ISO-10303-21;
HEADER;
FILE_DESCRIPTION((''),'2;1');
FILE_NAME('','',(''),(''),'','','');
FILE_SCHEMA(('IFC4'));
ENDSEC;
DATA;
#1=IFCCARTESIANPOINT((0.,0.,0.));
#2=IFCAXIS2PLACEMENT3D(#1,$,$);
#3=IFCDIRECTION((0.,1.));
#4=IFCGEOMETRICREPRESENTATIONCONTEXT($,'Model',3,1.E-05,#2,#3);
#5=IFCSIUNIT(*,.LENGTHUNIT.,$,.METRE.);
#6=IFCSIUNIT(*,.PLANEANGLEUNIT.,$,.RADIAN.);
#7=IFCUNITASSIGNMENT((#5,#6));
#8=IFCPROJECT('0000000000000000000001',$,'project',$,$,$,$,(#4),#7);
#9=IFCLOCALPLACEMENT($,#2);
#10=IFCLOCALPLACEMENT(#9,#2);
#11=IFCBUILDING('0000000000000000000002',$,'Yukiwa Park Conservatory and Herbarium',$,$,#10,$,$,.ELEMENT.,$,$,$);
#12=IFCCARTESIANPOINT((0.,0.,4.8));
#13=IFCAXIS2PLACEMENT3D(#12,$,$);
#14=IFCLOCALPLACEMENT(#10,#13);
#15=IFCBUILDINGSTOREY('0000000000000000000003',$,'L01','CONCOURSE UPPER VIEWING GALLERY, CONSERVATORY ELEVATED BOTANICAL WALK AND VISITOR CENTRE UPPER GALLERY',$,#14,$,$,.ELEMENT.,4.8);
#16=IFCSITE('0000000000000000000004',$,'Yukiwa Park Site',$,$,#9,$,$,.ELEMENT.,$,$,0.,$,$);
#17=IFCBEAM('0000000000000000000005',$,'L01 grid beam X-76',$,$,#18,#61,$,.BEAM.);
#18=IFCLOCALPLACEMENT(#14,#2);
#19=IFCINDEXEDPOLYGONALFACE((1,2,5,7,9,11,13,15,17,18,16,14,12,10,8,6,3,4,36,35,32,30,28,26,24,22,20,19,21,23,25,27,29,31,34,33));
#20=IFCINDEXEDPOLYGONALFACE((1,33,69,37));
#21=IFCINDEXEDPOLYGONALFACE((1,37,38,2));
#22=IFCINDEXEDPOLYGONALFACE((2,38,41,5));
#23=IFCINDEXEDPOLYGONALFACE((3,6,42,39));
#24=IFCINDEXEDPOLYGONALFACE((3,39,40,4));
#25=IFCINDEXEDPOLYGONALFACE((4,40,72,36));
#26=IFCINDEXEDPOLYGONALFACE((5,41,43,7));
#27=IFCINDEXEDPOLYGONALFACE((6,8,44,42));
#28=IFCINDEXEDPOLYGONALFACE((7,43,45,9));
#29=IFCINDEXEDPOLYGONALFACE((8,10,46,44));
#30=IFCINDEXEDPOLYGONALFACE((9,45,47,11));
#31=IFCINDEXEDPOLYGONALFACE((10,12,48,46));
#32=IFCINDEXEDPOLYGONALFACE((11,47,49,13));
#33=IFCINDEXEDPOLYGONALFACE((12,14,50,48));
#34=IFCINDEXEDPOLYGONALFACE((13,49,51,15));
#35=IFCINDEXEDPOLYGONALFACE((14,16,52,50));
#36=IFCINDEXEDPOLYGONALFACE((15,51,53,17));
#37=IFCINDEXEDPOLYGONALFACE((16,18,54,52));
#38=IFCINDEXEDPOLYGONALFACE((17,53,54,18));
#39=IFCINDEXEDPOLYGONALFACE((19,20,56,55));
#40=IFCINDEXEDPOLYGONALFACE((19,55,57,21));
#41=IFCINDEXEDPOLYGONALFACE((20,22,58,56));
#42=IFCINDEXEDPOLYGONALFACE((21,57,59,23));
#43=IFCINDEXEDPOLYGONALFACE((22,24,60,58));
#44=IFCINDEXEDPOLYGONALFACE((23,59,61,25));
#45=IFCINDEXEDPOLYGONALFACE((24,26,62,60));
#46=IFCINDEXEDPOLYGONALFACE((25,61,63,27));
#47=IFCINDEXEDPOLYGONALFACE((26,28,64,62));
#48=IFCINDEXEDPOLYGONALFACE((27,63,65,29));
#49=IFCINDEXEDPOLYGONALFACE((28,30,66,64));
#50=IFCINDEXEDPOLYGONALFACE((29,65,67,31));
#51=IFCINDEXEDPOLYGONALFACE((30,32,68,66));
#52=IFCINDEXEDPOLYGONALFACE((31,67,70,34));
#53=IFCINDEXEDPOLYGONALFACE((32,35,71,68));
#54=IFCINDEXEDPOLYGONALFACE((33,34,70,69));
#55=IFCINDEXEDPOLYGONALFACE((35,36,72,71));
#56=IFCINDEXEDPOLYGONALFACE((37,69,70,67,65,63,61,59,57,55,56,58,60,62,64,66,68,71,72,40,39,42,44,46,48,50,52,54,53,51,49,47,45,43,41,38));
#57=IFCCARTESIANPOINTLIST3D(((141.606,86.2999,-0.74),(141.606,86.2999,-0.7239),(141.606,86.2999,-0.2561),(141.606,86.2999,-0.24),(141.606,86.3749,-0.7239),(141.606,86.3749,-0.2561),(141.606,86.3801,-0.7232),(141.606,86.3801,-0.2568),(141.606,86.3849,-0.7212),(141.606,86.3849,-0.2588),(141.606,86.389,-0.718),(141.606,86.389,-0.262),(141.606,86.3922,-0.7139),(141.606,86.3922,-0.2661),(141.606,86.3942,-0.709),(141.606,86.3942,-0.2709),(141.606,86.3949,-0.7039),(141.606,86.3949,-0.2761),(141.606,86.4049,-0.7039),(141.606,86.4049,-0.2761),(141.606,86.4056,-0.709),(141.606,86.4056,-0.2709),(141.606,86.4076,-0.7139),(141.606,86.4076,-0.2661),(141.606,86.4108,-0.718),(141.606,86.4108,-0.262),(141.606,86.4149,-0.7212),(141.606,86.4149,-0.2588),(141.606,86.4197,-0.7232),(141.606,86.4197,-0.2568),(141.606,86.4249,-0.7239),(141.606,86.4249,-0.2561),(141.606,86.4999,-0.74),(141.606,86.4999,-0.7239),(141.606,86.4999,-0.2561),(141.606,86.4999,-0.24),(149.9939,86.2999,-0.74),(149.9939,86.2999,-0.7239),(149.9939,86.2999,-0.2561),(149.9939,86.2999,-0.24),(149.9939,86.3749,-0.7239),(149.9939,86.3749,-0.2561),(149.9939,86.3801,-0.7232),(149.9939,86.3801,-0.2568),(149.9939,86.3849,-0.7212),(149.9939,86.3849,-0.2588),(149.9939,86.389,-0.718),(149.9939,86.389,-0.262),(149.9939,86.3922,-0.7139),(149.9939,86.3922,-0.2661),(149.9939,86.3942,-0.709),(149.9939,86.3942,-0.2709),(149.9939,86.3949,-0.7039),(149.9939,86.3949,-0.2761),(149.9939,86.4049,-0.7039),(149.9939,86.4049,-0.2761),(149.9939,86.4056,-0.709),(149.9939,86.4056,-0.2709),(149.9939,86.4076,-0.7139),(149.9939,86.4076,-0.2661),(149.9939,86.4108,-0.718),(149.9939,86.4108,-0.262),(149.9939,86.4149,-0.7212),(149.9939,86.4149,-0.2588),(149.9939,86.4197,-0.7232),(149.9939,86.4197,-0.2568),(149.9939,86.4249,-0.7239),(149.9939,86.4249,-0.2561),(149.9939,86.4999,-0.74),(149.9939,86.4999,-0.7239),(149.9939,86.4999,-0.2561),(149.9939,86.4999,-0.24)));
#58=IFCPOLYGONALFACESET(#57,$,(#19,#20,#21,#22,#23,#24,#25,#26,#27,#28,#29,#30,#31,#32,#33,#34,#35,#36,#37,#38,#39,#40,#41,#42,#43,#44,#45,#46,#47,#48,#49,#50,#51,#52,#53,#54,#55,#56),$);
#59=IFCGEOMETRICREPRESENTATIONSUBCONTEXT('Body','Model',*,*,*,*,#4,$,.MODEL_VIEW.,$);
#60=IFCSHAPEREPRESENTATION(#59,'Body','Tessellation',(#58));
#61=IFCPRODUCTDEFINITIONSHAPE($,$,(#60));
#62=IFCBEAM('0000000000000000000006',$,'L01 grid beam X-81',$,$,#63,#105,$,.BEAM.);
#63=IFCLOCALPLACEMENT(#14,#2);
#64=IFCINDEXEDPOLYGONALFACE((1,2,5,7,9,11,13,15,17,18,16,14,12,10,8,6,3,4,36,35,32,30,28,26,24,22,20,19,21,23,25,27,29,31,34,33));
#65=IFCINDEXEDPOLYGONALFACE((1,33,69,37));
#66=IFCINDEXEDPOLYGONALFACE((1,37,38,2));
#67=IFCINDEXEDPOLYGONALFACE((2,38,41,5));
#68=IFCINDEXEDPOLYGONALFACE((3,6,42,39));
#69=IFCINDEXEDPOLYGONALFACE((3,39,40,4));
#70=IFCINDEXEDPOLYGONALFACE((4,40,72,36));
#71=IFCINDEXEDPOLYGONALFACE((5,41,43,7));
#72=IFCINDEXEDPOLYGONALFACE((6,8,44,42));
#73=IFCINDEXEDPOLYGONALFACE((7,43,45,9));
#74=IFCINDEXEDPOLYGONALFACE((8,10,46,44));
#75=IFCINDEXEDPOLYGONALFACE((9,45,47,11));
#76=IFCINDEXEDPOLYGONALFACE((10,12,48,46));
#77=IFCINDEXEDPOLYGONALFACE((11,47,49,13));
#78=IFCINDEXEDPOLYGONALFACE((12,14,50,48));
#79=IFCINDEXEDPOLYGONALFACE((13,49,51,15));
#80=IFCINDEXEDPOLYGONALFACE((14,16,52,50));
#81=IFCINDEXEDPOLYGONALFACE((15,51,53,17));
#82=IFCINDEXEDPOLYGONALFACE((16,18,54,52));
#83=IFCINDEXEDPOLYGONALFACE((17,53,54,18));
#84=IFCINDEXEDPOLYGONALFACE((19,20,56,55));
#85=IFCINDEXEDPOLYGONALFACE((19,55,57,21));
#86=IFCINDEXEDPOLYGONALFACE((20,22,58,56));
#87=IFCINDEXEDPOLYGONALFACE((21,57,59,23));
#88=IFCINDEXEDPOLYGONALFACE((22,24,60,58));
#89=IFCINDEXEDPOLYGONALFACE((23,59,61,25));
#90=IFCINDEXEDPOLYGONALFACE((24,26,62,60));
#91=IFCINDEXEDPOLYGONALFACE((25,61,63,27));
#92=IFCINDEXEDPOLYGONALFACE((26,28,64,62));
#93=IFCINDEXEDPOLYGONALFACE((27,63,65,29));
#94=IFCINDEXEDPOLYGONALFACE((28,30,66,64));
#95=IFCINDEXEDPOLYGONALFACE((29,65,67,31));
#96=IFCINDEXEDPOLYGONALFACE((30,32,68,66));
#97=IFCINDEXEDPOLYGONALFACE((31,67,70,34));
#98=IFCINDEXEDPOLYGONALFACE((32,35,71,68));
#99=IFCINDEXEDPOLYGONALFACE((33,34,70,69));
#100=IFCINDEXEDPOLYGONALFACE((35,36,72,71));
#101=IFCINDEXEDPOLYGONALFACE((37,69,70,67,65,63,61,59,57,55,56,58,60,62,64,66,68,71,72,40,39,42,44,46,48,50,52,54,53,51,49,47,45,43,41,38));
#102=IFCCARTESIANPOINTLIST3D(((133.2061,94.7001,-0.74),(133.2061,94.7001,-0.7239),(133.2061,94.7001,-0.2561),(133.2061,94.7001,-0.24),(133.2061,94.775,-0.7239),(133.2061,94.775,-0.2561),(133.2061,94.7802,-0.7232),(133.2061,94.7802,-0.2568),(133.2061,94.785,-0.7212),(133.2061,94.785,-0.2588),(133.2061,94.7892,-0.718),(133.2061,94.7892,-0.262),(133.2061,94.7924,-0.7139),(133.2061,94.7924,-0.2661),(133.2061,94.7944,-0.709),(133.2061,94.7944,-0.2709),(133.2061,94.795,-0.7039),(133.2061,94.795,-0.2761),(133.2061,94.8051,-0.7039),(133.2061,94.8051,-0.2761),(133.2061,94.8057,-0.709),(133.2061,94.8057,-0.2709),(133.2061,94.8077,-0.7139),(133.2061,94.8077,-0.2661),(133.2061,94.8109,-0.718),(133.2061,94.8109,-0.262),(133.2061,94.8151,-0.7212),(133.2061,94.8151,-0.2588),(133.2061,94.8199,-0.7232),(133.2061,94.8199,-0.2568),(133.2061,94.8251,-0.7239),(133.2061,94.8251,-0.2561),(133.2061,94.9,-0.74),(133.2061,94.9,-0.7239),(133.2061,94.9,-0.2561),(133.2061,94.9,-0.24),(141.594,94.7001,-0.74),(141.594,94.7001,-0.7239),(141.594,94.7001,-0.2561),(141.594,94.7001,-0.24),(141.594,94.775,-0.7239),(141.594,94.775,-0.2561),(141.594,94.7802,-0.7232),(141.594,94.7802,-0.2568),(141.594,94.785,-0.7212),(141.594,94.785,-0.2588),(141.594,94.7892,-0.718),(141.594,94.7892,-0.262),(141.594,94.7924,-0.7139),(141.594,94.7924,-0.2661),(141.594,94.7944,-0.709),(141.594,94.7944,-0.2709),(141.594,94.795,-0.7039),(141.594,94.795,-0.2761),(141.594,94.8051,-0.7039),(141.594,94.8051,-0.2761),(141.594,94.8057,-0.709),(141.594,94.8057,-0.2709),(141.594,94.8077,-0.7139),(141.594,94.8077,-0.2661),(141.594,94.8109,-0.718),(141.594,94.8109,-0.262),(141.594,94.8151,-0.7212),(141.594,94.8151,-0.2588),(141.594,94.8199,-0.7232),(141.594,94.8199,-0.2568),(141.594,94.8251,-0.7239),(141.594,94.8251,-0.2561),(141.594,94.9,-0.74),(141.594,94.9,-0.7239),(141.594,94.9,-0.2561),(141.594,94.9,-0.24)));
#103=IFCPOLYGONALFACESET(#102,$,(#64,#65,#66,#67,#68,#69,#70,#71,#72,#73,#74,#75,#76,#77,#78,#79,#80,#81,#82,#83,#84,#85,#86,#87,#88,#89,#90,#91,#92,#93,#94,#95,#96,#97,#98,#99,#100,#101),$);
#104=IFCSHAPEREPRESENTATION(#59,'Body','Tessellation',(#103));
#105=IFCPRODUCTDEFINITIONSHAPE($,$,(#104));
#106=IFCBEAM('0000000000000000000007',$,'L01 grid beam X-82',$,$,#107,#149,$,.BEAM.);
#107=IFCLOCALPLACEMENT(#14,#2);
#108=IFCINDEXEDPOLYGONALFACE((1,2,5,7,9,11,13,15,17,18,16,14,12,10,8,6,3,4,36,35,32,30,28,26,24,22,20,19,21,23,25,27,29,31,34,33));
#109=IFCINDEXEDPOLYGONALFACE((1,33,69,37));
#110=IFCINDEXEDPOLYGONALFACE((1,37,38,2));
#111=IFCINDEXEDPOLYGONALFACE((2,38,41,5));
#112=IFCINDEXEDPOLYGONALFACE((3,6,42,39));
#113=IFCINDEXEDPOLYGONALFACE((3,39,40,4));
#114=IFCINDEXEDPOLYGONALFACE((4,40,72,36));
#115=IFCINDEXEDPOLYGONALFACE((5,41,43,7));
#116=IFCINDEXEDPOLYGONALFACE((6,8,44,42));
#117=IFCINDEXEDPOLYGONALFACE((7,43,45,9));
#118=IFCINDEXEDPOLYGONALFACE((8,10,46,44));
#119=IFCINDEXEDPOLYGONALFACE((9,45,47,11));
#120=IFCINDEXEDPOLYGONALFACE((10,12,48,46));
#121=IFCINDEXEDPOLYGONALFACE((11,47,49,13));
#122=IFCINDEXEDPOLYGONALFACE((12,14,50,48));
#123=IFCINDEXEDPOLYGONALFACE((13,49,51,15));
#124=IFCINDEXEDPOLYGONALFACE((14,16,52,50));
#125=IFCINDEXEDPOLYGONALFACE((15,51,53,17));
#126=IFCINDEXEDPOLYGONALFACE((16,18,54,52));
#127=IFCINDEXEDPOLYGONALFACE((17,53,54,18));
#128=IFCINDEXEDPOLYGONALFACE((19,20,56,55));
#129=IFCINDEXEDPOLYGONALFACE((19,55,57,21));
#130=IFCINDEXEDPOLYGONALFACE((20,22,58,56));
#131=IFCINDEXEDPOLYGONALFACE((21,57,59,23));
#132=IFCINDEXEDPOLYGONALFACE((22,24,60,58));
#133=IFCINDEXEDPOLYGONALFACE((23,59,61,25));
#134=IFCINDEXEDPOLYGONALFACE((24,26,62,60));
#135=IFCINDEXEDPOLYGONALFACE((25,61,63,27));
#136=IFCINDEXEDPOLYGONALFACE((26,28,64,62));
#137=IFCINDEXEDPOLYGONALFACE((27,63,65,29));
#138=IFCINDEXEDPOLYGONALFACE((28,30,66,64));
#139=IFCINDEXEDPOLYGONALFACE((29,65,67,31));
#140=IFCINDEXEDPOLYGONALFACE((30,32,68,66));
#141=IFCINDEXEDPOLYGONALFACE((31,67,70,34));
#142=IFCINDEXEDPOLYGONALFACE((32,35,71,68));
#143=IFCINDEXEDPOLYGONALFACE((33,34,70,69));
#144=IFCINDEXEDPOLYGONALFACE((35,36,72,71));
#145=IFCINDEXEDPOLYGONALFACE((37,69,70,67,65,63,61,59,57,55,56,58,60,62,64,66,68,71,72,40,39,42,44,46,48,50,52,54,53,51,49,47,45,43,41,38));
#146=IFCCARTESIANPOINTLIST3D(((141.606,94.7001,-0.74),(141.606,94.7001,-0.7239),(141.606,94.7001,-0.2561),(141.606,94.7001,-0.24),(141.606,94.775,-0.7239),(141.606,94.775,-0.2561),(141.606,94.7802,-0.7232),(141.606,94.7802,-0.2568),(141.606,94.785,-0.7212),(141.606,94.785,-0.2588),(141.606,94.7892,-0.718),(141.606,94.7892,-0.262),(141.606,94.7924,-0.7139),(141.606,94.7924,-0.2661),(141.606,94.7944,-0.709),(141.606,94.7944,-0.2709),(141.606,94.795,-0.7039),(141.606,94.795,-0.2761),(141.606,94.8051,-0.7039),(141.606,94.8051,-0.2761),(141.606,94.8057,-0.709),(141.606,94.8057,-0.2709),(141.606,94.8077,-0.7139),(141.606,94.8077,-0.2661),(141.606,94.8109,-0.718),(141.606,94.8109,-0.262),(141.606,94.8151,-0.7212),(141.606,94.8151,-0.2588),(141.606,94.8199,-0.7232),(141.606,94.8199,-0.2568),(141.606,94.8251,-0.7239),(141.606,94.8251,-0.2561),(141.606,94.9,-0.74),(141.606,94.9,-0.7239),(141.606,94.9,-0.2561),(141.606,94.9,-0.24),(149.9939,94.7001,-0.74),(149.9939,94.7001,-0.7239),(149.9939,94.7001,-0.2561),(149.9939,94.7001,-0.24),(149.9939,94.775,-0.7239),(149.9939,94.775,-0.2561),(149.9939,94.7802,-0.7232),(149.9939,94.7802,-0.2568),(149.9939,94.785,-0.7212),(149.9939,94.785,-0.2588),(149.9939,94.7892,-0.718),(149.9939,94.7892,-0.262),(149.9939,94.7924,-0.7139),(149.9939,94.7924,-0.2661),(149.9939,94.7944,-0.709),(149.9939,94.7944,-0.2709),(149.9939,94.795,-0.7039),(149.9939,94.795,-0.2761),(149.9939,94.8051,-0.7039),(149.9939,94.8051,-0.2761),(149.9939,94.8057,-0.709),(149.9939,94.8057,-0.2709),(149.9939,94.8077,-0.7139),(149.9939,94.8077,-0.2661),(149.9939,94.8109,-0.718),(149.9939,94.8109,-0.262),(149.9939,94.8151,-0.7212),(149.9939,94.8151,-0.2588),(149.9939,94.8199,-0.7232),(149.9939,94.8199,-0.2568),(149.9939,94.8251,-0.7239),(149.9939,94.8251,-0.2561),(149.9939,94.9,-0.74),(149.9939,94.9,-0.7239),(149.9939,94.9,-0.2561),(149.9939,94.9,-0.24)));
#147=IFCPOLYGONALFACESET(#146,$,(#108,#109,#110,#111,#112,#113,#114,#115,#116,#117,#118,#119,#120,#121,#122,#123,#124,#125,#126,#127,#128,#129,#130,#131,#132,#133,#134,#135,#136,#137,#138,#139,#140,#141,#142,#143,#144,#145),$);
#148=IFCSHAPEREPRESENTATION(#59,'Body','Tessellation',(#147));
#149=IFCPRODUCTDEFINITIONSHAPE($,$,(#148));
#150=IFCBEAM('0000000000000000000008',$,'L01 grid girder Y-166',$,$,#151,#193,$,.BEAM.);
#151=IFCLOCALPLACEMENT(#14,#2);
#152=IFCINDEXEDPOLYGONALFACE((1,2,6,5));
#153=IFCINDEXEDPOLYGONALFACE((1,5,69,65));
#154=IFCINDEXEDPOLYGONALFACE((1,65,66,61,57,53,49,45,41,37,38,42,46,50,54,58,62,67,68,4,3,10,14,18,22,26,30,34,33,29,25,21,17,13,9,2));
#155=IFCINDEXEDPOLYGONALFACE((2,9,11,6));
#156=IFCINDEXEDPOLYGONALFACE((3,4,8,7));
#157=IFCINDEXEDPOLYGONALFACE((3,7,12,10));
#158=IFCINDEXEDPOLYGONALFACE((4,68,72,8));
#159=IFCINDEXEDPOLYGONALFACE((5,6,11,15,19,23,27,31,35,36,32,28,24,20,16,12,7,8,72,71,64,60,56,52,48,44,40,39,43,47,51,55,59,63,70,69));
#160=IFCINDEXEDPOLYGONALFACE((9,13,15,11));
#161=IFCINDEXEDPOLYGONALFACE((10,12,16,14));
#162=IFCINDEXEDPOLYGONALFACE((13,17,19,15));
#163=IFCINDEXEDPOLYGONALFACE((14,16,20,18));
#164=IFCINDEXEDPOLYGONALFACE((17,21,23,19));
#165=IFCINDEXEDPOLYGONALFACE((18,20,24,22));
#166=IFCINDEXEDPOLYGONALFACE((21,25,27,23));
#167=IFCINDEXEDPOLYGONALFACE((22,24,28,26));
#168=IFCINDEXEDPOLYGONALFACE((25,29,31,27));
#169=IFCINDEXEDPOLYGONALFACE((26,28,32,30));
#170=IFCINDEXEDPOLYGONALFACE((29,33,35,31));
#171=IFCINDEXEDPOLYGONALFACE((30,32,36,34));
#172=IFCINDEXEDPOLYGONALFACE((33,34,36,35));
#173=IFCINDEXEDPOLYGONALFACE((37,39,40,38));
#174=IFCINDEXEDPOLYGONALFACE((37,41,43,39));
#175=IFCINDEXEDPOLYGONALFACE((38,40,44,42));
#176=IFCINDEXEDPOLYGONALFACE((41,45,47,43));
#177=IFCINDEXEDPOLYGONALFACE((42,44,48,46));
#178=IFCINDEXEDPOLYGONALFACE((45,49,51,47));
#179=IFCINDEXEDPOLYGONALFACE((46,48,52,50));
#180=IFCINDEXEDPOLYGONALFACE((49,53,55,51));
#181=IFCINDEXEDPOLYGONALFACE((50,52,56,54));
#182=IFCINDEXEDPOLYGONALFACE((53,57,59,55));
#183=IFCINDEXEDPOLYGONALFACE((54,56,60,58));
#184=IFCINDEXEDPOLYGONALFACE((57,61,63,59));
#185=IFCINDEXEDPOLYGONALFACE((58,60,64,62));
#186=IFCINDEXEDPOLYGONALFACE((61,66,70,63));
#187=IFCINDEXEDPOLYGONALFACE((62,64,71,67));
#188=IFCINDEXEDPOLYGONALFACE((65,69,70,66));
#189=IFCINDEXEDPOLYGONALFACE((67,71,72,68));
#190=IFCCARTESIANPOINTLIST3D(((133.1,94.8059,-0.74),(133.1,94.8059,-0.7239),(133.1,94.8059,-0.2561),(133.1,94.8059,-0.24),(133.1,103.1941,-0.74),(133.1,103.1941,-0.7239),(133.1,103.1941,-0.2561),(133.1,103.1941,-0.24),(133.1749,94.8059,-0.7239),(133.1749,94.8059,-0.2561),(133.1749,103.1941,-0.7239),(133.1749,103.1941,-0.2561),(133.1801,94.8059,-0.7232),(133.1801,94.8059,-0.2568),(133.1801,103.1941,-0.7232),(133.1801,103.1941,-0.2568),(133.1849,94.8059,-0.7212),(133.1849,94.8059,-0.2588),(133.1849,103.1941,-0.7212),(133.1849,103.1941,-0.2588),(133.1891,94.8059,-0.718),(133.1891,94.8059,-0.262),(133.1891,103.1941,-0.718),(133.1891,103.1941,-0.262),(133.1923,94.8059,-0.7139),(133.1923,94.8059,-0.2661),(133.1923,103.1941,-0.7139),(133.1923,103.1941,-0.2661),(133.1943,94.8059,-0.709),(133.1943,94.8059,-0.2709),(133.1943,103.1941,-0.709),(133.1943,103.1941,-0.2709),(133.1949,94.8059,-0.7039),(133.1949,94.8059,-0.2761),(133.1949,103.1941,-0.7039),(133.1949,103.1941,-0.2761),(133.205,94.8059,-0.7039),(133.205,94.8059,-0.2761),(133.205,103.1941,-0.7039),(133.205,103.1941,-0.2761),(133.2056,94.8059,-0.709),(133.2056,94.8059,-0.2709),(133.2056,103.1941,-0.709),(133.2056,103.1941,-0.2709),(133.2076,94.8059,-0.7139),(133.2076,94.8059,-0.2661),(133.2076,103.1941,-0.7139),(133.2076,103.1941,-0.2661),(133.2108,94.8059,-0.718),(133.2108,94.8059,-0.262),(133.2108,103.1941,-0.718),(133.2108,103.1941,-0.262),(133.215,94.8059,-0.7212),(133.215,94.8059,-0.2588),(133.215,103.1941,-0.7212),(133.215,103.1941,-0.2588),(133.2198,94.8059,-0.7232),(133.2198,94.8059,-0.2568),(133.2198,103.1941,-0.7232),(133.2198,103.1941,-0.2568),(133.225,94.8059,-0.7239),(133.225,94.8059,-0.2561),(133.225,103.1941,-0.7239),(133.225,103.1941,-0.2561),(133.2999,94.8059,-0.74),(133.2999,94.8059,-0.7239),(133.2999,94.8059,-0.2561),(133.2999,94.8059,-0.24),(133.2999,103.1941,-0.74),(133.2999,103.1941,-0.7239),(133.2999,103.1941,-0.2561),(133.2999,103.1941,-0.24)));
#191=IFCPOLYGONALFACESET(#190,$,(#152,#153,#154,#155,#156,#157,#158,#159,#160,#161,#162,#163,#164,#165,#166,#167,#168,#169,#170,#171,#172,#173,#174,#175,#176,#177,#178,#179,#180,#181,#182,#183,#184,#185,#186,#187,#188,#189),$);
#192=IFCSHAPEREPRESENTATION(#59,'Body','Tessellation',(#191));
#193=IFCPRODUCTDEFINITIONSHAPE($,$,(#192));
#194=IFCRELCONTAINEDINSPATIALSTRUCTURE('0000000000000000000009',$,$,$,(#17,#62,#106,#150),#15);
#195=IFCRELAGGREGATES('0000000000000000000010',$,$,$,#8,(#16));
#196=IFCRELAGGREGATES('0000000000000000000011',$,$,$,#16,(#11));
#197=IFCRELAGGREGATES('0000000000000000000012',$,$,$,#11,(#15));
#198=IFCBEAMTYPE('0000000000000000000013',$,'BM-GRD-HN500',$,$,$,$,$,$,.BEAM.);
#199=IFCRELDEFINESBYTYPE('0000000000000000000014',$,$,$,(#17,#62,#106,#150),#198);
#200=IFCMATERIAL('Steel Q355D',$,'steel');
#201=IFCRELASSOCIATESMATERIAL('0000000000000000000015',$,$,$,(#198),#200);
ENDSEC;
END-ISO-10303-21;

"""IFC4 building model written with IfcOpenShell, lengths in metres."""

from ifc_helpers import new_model, si_unit, direction, frame, origin, origin_2d, place, context, subcontext, project, spatial, i_section, extrude, material, material_profile, profile_set, type_object, element, save


model = new_model("IFC4")

# Units and contexts
model_context = context("Model", 3, precision=1e-05, world=origin(), true_north=direction((0.0, 1.0)))
body_context = subcontext(model_context, "Body", "Model", "MODEL_VIEW")
ifc_project = project(units=[si_unit("LENGTHUNIT", "METRE"), si_unit("PLANEANGLEUNIT", "RADIAN")], contexts=[model_context])

# Site, building, storey
site_placement = place(None, origin())
site = spatial("IfcSite", under=ifc_project, at=site_placement, Name="Yukiwa Park Site", CompositionType="ELEMENT", RefElevation=0.0)
building_placement = place(site_placement, origin())
building = spatial("IfcBuilding", under=site, at=building_placement, Name="Yukiwa Park Conservatory and Herbarium", CompositionType="ELEMENT")
storey_placement = place(building_placement, frame((0.0, 0.0, 4.8)))
storey = spatial("IfcBuildingStorey", under=building, at=storey_placement, Name="L01", Description="CONCOURSE UPPER VIEWING GALLERY, CONSERVATORY ELEVATED BOTANICAL WALK AND VISITOR CENTRE UPPER GALLERY", CompositionType="ELEMENT", Elevation=4.8)

# Beams
ifc_material_1 = material(Name="Steel Q355D", Category="steel")
ifc_material_profile_1 = material_profile(ifc_material_1, i_section(OverallWidth=0.2, OverallDepth=0.5, WebThickness=0.01, FlangeThickness=0.0161, FilletRadius=0.02, at=origin_2d()), Name="HN 500x200x10x16")
ifc_profile_set_1 = profile_set([ifc_material_profile_1], Name="Steel Q355D")
beam_type_1 = type_object("IfcBeamType", Name="BM-GRD-HN500", PredefinedType="BEAM", material=ifc_profile_set_1)
for number, where, z_axis, x_axis, name in (
    (1, (141.606, 86.3999, -0.49), (1.0, 0.0, 0.0), (0.0, 1.0, 0.0), "L01 grid beam X-76"),
    (2, (133.2061, 94.8, -0.49), (1.0, 0.0, 0.0), (0.0, 1.0, 0.0), "L01 grid beam X-81"),
    (3, (141.606, 94.8, -0.49), (1.0, 0.0, 0.0), (0.0, 1.0, 0.0), "L01 grid beam X-82"),
):
    element("IfcBeam", number, at=place(storey_placement, frame(where, z_axis=z_axis, x_axis=x_axis)), inside=storey, type_object=beam_type_1, Name=name, PredefinedType="BEAM", context=body_context, shape_type="SweptSolid", body=[
        extrude(i_section(OverallWidth=0.2, OverallDepth=0.5, WebThickness=0.01, FlangeThickness=0.0161, FilletRadius=0.02, at=origin_2d()), origin(), (0.0, 0.0, 1.0), 8.3879),
    ])
beam_placement = place(storey_placement, frame((133.2, 94.8059, -0.49), z_axis=(0.0, 1.0, 0.0), x_axis=(-1.0, 0.0, 0.0)))
element("IfcBeam", 4, at=beam_placement, inside=storey, type_object=beam_type_1, Name="L01 grid girder Y-166", PredefinedType="BEAM", context=body_context, shape_type="SweptSolid", body=[
    extrude(i_section(OverallWidth=0.2, OverallDepth=0.5, WebThickness=0.01, FlangeThickness=0.0161, FilletRadius=0.02, at=origin_2d()), origin(), (0.0, 0.0, 1.0), 8.3882),
])

save(model, "model.ifc")
